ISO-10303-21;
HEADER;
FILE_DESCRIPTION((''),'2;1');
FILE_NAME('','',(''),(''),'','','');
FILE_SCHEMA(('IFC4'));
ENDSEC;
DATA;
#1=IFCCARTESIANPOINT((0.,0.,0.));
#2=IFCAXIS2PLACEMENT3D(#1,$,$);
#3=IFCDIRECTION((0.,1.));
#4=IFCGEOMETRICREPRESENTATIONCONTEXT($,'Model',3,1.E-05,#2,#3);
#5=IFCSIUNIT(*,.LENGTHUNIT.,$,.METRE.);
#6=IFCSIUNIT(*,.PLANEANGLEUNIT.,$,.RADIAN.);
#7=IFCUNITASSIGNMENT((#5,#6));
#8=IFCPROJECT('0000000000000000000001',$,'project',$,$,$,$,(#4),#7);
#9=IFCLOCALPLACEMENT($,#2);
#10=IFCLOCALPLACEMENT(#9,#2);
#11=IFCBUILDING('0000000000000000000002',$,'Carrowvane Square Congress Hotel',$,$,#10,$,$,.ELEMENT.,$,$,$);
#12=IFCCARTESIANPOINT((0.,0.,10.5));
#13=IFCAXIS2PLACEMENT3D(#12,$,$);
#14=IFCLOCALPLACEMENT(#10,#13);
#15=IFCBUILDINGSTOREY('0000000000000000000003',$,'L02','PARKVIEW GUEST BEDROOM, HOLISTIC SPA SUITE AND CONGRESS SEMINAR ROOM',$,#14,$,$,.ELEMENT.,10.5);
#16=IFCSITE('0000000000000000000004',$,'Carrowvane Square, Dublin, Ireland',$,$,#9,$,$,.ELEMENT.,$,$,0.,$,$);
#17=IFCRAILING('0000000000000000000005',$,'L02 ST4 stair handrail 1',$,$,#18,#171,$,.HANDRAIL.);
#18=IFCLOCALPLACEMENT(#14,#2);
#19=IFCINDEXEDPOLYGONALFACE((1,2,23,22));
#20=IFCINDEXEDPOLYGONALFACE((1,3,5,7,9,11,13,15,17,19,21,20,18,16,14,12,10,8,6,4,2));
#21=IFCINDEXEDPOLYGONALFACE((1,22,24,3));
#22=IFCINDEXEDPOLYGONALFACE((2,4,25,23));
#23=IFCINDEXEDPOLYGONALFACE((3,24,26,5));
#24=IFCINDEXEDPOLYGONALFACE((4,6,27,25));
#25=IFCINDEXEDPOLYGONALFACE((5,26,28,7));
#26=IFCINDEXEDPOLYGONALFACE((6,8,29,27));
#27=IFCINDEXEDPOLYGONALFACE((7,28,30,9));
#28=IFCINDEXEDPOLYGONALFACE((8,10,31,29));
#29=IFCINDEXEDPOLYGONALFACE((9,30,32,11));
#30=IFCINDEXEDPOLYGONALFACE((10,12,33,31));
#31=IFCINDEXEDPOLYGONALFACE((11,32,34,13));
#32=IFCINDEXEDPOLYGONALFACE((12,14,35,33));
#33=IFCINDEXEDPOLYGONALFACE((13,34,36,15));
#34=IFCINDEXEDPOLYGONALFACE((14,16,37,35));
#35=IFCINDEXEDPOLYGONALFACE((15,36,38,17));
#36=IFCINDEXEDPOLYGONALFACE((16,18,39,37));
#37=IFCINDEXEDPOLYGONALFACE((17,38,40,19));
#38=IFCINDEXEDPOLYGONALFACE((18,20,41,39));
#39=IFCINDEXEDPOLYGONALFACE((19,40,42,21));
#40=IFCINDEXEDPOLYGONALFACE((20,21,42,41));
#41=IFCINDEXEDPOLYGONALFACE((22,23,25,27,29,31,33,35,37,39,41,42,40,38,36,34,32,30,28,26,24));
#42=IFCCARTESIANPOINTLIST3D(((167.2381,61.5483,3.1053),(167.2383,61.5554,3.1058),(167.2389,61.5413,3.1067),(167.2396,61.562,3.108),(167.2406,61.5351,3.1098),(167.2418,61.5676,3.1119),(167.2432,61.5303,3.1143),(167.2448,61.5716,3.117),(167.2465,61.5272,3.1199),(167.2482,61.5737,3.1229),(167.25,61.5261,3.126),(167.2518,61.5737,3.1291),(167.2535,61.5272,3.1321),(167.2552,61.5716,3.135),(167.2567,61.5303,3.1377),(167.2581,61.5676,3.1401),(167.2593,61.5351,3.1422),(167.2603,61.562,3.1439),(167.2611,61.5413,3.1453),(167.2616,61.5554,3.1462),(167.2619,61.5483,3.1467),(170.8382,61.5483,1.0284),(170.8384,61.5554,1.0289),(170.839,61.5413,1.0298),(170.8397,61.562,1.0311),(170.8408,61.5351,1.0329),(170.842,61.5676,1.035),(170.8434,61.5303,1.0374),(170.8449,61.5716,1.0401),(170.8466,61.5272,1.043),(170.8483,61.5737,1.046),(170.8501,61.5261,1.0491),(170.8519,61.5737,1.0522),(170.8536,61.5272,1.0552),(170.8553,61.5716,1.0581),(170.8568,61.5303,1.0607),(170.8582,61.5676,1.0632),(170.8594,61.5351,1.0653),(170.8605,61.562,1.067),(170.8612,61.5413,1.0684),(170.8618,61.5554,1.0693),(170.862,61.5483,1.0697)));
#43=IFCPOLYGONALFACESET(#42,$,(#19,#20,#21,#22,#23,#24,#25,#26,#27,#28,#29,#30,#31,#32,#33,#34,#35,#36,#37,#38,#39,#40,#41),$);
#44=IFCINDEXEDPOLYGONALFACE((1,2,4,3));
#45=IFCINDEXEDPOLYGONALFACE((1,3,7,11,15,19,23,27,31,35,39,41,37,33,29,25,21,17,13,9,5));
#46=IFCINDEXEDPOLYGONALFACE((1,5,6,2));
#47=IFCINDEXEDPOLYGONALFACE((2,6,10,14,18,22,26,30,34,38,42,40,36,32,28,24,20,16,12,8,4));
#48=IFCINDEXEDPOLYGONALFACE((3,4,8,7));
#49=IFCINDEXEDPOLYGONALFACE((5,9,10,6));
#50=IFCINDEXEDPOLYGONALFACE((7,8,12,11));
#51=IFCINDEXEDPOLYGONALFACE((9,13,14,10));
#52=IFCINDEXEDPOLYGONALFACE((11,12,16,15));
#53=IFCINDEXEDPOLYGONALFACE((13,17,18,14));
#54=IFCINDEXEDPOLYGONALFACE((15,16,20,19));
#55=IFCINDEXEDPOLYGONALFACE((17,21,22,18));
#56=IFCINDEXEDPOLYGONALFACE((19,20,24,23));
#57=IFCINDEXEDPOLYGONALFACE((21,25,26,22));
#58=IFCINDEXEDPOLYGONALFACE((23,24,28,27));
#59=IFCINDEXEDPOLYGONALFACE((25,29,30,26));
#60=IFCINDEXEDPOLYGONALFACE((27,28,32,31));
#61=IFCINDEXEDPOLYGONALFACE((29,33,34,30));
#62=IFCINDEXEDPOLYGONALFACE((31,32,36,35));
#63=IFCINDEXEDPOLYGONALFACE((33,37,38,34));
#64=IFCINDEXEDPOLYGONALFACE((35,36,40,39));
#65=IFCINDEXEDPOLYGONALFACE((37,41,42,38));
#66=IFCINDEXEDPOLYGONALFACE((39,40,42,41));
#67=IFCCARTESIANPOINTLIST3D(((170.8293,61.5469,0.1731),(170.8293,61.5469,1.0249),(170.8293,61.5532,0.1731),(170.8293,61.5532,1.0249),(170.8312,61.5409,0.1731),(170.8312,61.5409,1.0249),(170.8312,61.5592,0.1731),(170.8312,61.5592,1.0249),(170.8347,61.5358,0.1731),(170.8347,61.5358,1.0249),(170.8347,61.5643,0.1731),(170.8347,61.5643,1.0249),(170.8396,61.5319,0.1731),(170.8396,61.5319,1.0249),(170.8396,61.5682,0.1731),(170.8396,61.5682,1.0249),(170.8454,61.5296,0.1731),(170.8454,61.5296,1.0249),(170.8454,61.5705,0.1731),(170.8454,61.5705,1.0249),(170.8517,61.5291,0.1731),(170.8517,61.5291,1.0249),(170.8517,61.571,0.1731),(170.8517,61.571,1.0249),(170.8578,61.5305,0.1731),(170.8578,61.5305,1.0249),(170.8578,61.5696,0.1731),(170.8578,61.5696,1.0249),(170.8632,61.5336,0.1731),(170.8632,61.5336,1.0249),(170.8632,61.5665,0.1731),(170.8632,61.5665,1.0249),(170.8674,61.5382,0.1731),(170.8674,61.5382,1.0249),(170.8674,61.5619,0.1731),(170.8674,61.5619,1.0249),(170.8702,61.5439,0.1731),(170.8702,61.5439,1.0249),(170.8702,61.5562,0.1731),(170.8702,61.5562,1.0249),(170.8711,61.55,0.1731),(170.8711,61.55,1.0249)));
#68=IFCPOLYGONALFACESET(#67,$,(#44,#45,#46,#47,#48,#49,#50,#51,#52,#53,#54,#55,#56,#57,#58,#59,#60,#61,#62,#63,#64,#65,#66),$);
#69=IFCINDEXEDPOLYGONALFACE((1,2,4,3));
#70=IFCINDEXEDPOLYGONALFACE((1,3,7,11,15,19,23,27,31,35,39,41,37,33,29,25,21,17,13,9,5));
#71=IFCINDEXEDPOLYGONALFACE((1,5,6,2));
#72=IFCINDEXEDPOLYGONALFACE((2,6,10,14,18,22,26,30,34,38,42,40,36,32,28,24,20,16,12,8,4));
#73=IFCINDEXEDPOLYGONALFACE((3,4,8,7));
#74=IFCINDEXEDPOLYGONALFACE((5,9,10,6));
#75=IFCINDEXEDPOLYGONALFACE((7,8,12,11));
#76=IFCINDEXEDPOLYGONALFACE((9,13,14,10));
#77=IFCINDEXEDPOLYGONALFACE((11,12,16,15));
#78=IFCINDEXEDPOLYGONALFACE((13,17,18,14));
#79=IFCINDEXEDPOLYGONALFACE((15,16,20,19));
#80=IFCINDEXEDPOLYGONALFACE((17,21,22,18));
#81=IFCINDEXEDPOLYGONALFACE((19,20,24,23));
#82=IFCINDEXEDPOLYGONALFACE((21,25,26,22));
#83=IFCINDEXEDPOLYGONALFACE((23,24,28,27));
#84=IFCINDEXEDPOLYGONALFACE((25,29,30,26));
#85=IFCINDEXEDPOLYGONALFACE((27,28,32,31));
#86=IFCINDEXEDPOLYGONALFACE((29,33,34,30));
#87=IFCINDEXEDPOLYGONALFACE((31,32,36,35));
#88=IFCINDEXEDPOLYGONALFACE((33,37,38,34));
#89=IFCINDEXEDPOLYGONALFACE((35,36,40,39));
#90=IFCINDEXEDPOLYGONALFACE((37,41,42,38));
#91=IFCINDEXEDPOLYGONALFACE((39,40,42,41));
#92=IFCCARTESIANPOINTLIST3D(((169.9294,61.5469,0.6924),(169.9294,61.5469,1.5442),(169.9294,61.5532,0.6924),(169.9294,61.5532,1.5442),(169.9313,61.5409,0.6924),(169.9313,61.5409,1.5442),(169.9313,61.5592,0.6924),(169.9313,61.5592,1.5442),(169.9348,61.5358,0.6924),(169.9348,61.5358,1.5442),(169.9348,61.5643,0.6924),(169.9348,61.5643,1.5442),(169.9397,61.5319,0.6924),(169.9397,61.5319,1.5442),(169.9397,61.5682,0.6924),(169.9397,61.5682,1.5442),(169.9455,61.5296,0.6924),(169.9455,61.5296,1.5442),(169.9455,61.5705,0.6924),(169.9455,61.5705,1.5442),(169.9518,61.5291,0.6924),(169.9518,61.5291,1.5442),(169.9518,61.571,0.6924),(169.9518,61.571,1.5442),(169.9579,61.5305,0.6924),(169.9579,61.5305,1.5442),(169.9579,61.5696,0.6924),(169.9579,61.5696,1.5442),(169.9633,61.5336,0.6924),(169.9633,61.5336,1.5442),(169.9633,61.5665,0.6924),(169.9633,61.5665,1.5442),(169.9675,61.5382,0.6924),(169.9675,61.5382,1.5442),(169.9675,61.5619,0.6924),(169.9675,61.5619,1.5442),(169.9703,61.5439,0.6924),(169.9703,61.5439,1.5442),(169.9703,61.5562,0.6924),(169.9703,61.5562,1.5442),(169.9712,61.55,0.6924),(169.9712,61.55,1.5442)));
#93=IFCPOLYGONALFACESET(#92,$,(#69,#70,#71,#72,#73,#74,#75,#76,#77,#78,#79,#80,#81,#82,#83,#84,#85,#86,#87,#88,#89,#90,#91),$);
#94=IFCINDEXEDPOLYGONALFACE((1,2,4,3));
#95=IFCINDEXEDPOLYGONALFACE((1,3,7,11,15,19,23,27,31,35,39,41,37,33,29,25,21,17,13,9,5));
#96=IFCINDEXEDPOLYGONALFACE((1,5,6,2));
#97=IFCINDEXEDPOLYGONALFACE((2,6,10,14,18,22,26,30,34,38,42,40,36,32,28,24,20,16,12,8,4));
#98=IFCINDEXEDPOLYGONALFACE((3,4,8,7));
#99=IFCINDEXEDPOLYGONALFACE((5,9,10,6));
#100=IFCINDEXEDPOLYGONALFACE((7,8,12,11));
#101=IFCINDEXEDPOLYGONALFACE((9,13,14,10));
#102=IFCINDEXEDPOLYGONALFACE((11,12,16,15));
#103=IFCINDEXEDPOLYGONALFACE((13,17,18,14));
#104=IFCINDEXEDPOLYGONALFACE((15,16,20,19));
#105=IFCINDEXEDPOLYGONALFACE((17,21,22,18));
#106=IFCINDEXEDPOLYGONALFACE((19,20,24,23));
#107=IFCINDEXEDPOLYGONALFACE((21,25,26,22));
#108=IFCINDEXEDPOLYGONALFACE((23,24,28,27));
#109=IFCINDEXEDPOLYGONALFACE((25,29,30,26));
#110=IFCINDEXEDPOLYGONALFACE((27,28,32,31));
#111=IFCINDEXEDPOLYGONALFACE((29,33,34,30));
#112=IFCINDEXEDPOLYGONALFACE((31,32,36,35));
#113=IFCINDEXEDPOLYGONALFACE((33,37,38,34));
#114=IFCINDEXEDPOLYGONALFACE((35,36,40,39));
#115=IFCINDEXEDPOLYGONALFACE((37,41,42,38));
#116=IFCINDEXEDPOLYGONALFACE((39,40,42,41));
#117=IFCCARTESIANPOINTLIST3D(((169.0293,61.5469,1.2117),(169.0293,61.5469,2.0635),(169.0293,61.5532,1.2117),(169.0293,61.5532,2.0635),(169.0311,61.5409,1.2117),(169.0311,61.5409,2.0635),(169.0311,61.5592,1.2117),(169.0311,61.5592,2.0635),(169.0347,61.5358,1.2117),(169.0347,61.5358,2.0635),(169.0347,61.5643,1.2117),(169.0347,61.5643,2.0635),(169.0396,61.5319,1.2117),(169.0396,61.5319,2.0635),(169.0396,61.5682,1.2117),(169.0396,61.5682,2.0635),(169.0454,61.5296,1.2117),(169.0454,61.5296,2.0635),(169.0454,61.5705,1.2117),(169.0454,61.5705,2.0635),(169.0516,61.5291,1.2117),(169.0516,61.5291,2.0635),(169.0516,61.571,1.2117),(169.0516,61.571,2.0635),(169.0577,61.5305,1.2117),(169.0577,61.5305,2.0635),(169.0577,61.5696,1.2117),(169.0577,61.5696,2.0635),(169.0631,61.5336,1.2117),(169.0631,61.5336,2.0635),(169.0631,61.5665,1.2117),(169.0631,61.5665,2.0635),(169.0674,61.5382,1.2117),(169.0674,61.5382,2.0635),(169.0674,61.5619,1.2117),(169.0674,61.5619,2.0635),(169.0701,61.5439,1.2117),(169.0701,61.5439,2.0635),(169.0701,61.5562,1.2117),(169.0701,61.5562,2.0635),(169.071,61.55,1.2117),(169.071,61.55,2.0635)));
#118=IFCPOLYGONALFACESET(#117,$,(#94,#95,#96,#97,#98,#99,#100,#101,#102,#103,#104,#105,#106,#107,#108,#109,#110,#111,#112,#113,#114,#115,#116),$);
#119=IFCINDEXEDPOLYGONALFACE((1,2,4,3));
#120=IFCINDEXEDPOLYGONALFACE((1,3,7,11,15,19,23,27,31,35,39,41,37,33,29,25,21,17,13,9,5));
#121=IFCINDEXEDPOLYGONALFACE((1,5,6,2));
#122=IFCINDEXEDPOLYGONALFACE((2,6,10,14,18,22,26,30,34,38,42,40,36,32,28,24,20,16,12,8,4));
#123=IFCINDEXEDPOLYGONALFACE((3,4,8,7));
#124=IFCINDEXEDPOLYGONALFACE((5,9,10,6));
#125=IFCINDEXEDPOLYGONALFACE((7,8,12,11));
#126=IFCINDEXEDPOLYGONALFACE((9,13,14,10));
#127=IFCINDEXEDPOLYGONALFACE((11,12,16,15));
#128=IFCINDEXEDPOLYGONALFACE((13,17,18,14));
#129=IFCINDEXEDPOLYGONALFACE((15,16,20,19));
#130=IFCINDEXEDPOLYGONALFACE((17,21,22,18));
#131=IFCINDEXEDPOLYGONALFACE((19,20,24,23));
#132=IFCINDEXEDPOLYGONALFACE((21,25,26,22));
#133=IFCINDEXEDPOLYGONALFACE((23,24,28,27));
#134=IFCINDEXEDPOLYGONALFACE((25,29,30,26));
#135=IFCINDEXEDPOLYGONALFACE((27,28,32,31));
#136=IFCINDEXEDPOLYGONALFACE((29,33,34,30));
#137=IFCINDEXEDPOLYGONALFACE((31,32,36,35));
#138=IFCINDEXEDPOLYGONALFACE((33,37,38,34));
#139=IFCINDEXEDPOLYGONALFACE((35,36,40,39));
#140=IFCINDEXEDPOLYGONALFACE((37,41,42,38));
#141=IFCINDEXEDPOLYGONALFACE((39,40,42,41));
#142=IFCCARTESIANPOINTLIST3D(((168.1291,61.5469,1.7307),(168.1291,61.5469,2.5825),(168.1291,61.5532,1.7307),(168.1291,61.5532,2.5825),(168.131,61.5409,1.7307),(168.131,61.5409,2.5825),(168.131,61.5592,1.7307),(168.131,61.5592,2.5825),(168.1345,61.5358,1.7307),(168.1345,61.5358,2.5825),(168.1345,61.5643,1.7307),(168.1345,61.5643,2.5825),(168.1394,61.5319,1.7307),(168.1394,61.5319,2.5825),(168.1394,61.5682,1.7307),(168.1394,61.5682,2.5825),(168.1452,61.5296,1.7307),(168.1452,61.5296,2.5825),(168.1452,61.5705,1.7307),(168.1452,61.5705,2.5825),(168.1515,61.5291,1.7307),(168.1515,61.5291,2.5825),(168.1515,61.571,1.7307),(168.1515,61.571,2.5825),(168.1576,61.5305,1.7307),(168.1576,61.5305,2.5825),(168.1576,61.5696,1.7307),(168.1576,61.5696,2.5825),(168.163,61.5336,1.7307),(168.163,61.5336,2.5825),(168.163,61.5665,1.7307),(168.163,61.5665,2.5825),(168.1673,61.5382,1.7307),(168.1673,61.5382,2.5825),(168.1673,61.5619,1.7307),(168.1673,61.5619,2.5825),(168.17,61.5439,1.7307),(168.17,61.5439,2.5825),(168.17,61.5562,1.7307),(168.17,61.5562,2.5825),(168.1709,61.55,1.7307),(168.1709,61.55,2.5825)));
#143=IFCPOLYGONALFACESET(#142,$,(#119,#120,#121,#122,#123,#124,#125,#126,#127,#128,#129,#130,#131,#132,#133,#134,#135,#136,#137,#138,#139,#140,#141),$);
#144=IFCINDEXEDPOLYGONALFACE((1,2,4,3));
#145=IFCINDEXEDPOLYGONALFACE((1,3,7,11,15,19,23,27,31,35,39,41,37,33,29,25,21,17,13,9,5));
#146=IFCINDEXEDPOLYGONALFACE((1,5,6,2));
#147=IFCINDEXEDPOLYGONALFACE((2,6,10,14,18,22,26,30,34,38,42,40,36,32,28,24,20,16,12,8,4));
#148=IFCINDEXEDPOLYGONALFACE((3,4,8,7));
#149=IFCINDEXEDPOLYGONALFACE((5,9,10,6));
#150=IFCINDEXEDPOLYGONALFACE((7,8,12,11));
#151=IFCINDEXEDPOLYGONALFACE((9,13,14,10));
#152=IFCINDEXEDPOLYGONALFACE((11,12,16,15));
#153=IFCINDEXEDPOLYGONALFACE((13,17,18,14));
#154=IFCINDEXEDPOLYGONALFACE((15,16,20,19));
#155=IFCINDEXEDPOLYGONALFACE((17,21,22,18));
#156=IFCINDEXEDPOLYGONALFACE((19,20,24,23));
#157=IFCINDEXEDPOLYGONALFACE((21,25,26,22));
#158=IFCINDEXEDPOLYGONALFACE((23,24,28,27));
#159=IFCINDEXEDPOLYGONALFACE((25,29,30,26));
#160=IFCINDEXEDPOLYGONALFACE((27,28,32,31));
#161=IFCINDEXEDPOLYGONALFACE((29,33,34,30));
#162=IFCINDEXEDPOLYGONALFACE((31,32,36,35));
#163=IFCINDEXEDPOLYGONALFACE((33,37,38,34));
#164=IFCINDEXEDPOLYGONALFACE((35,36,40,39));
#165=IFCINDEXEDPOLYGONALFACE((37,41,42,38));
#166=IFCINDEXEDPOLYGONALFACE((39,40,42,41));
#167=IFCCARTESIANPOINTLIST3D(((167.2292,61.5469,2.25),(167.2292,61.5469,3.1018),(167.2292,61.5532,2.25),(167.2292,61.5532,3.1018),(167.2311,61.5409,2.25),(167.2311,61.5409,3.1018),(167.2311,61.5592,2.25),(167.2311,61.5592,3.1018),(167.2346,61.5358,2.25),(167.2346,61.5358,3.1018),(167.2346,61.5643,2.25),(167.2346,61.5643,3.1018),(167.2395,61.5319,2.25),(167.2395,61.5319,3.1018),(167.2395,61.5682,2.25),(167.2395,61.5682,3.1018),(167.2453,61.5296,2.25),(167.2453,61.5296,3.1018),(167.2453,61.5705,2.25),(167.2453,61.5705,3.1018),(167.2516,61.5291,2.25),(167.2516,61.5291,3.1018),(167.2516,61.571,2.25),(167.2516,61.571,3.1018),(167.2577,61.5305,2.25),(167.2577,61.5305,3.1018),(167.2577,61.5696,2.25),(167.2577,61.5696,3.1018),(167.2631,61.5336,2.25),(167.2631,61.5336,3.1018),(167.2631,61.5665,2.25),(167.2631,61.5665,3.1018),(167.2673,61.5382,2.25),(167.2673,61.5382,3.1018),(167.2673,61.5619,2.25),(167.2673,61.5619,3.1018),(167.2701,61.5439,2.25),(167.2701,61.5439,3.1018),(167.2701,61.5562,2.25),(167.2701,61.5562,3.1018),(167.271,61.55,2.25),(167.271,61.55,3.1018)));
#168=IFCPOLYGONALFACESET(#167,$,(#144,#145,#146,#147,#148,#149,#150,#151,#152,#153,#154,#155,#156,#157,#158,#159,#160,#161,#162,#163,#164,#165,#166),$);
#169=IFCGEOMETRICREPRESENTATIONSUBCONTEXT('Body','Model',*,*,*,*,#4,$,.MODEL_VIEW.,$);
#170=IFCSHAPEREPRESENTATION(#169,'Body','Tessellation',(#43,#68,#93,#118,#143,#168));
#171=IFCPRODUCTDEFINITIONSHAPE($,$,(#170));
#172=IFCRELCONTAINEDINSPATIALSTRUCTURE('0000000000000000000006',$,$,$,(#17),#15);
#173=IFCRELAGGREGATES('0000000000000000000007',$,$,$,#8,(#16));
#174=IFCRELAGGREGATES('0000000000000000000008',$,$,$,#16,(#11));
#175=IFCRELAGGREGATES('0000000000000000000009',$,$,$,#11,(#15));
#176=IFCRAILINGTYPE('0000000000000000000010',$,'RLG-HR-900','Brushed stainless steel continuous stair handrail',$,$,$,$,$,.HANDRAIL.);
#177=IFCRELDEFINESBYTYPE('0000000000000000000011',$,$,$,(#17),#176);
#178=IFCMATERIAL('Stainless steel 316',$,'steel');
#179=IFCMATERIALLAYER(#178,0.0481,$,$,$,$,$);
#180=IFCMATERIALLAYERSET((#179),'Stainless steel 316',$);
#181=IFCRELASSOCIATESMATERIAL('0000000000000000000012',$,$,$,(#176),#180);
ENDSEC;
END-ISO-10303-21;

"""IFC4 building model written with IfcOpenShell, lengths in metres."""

from ifc_helpers import new_model, si_unit, direction, frame, origin, origin_2d, place, context, subcontext, project, spatial, circle, extrude, material, layer, layer_set, type_object, element, save


model = new_model("IFC4")

# Units and contexts
model_context = context("Model", 3, precision=1e-05, world=origin(), true_north=direction((0.0, 1.0)))
body_context = subcontext(model_context, "Body", "Model", "MODEL_VIEW")
ifc_project = project(units=[si_unit("LENGTHUNIT", "METRE"), si_unit("PLANEANGLEUNIT", "RADIAN")], contexts=[model_context])

# Site, building, storey
site_placement = place(None, origin())
site = spatial("IfcSite", under=ifc_project, at=site_placement, Name="Carrowvane Square, Dublin, Ireland", CompositionType="ELEMENT", RefElevation=0.0)
building_placement = place(site_placement, origin())
building = spatial("IfcBuilding", under=site, at=building_placement, Name="Carrowvane Square Congress Hotel", CompositionType="ELEMENT")
storey_placement = place(building_placement, frame((0.0, 0.0, 10.5)))
storey = spatial("IfcBuildingStorey", under=building, at=storey_placement, Name="L02", Description="PARKVIEW GUEST BEDROOM, HOLISTIC SPA SUITE AND CONGRESS SEMINAR ROOM", CompositionType="ELEMENT", Elevation=10.5)

# Railing
ifc_material_1 = material(Name="Stainless steel 316", Category="steel")
ifc_layer_1 = layer(ifc_material_1, 0.0481)
ifc_layer_set_1 = layer_set([ifc_layer_1], Name="Stainless steel 316")
railing_type_1 = type_object("IfcRailingType", Name="RLG-HR-900", Description="Brushed stainless steel continuous stair handrail", PredefinedType="HANDRAIL", material=ifc_layer_set_1)
railing_1_placement = place(storey_placement, frame((170.8501, 61.55, 0.1731)))
element("IfcRailing", 1, at=railing_1_placement, inside=storey, type_object=railing_type_1, Name="L02 ST4 stair handrail 1", PredefinedType="HANDRAIL", context=body_context, shape_type="SweptSolid", body=[
    extrude(circle(Radius=0.0239, at=origin_2d()), frame((0.0, 0.0, 0.876), z_axis=(-0.866193, 0.0, 0.499709), x_axis=(0.0, -1.0, 0.0)), (0.0, 0.0, 1.0), 4.1562),
    extrude(circle(Radius=0.021, at=origin_2d()), origin(), (0.0, 0.0, 1.0), 0.8518),
    extrude(circle(Radius=0.021, at=origin_2d()), frame((-0.8999, 0.0, 0.5193)), (0.0, 0.0, 1.0), 0.8518),
    extrude(circle(Radius=0.021, at=origin_2d()), frame((-1.8, 0.0, 1.0386)), (0.0, 0.0, 1.0), 0.8518),
    extrude(circle(Radius=0.021, at=origin_2d()), frame((-2.7002, 0.0, 1.5576)), (0.0, 0.0, 1.0), 0.8518),
    extrude(circle(Radius=0.021, at=origin_2d()), frame((-3.6001, 0.0, 2.0769)), (0.0, 0.0, 1.0), 0.8518),
])

save(model, "model.ifc")
